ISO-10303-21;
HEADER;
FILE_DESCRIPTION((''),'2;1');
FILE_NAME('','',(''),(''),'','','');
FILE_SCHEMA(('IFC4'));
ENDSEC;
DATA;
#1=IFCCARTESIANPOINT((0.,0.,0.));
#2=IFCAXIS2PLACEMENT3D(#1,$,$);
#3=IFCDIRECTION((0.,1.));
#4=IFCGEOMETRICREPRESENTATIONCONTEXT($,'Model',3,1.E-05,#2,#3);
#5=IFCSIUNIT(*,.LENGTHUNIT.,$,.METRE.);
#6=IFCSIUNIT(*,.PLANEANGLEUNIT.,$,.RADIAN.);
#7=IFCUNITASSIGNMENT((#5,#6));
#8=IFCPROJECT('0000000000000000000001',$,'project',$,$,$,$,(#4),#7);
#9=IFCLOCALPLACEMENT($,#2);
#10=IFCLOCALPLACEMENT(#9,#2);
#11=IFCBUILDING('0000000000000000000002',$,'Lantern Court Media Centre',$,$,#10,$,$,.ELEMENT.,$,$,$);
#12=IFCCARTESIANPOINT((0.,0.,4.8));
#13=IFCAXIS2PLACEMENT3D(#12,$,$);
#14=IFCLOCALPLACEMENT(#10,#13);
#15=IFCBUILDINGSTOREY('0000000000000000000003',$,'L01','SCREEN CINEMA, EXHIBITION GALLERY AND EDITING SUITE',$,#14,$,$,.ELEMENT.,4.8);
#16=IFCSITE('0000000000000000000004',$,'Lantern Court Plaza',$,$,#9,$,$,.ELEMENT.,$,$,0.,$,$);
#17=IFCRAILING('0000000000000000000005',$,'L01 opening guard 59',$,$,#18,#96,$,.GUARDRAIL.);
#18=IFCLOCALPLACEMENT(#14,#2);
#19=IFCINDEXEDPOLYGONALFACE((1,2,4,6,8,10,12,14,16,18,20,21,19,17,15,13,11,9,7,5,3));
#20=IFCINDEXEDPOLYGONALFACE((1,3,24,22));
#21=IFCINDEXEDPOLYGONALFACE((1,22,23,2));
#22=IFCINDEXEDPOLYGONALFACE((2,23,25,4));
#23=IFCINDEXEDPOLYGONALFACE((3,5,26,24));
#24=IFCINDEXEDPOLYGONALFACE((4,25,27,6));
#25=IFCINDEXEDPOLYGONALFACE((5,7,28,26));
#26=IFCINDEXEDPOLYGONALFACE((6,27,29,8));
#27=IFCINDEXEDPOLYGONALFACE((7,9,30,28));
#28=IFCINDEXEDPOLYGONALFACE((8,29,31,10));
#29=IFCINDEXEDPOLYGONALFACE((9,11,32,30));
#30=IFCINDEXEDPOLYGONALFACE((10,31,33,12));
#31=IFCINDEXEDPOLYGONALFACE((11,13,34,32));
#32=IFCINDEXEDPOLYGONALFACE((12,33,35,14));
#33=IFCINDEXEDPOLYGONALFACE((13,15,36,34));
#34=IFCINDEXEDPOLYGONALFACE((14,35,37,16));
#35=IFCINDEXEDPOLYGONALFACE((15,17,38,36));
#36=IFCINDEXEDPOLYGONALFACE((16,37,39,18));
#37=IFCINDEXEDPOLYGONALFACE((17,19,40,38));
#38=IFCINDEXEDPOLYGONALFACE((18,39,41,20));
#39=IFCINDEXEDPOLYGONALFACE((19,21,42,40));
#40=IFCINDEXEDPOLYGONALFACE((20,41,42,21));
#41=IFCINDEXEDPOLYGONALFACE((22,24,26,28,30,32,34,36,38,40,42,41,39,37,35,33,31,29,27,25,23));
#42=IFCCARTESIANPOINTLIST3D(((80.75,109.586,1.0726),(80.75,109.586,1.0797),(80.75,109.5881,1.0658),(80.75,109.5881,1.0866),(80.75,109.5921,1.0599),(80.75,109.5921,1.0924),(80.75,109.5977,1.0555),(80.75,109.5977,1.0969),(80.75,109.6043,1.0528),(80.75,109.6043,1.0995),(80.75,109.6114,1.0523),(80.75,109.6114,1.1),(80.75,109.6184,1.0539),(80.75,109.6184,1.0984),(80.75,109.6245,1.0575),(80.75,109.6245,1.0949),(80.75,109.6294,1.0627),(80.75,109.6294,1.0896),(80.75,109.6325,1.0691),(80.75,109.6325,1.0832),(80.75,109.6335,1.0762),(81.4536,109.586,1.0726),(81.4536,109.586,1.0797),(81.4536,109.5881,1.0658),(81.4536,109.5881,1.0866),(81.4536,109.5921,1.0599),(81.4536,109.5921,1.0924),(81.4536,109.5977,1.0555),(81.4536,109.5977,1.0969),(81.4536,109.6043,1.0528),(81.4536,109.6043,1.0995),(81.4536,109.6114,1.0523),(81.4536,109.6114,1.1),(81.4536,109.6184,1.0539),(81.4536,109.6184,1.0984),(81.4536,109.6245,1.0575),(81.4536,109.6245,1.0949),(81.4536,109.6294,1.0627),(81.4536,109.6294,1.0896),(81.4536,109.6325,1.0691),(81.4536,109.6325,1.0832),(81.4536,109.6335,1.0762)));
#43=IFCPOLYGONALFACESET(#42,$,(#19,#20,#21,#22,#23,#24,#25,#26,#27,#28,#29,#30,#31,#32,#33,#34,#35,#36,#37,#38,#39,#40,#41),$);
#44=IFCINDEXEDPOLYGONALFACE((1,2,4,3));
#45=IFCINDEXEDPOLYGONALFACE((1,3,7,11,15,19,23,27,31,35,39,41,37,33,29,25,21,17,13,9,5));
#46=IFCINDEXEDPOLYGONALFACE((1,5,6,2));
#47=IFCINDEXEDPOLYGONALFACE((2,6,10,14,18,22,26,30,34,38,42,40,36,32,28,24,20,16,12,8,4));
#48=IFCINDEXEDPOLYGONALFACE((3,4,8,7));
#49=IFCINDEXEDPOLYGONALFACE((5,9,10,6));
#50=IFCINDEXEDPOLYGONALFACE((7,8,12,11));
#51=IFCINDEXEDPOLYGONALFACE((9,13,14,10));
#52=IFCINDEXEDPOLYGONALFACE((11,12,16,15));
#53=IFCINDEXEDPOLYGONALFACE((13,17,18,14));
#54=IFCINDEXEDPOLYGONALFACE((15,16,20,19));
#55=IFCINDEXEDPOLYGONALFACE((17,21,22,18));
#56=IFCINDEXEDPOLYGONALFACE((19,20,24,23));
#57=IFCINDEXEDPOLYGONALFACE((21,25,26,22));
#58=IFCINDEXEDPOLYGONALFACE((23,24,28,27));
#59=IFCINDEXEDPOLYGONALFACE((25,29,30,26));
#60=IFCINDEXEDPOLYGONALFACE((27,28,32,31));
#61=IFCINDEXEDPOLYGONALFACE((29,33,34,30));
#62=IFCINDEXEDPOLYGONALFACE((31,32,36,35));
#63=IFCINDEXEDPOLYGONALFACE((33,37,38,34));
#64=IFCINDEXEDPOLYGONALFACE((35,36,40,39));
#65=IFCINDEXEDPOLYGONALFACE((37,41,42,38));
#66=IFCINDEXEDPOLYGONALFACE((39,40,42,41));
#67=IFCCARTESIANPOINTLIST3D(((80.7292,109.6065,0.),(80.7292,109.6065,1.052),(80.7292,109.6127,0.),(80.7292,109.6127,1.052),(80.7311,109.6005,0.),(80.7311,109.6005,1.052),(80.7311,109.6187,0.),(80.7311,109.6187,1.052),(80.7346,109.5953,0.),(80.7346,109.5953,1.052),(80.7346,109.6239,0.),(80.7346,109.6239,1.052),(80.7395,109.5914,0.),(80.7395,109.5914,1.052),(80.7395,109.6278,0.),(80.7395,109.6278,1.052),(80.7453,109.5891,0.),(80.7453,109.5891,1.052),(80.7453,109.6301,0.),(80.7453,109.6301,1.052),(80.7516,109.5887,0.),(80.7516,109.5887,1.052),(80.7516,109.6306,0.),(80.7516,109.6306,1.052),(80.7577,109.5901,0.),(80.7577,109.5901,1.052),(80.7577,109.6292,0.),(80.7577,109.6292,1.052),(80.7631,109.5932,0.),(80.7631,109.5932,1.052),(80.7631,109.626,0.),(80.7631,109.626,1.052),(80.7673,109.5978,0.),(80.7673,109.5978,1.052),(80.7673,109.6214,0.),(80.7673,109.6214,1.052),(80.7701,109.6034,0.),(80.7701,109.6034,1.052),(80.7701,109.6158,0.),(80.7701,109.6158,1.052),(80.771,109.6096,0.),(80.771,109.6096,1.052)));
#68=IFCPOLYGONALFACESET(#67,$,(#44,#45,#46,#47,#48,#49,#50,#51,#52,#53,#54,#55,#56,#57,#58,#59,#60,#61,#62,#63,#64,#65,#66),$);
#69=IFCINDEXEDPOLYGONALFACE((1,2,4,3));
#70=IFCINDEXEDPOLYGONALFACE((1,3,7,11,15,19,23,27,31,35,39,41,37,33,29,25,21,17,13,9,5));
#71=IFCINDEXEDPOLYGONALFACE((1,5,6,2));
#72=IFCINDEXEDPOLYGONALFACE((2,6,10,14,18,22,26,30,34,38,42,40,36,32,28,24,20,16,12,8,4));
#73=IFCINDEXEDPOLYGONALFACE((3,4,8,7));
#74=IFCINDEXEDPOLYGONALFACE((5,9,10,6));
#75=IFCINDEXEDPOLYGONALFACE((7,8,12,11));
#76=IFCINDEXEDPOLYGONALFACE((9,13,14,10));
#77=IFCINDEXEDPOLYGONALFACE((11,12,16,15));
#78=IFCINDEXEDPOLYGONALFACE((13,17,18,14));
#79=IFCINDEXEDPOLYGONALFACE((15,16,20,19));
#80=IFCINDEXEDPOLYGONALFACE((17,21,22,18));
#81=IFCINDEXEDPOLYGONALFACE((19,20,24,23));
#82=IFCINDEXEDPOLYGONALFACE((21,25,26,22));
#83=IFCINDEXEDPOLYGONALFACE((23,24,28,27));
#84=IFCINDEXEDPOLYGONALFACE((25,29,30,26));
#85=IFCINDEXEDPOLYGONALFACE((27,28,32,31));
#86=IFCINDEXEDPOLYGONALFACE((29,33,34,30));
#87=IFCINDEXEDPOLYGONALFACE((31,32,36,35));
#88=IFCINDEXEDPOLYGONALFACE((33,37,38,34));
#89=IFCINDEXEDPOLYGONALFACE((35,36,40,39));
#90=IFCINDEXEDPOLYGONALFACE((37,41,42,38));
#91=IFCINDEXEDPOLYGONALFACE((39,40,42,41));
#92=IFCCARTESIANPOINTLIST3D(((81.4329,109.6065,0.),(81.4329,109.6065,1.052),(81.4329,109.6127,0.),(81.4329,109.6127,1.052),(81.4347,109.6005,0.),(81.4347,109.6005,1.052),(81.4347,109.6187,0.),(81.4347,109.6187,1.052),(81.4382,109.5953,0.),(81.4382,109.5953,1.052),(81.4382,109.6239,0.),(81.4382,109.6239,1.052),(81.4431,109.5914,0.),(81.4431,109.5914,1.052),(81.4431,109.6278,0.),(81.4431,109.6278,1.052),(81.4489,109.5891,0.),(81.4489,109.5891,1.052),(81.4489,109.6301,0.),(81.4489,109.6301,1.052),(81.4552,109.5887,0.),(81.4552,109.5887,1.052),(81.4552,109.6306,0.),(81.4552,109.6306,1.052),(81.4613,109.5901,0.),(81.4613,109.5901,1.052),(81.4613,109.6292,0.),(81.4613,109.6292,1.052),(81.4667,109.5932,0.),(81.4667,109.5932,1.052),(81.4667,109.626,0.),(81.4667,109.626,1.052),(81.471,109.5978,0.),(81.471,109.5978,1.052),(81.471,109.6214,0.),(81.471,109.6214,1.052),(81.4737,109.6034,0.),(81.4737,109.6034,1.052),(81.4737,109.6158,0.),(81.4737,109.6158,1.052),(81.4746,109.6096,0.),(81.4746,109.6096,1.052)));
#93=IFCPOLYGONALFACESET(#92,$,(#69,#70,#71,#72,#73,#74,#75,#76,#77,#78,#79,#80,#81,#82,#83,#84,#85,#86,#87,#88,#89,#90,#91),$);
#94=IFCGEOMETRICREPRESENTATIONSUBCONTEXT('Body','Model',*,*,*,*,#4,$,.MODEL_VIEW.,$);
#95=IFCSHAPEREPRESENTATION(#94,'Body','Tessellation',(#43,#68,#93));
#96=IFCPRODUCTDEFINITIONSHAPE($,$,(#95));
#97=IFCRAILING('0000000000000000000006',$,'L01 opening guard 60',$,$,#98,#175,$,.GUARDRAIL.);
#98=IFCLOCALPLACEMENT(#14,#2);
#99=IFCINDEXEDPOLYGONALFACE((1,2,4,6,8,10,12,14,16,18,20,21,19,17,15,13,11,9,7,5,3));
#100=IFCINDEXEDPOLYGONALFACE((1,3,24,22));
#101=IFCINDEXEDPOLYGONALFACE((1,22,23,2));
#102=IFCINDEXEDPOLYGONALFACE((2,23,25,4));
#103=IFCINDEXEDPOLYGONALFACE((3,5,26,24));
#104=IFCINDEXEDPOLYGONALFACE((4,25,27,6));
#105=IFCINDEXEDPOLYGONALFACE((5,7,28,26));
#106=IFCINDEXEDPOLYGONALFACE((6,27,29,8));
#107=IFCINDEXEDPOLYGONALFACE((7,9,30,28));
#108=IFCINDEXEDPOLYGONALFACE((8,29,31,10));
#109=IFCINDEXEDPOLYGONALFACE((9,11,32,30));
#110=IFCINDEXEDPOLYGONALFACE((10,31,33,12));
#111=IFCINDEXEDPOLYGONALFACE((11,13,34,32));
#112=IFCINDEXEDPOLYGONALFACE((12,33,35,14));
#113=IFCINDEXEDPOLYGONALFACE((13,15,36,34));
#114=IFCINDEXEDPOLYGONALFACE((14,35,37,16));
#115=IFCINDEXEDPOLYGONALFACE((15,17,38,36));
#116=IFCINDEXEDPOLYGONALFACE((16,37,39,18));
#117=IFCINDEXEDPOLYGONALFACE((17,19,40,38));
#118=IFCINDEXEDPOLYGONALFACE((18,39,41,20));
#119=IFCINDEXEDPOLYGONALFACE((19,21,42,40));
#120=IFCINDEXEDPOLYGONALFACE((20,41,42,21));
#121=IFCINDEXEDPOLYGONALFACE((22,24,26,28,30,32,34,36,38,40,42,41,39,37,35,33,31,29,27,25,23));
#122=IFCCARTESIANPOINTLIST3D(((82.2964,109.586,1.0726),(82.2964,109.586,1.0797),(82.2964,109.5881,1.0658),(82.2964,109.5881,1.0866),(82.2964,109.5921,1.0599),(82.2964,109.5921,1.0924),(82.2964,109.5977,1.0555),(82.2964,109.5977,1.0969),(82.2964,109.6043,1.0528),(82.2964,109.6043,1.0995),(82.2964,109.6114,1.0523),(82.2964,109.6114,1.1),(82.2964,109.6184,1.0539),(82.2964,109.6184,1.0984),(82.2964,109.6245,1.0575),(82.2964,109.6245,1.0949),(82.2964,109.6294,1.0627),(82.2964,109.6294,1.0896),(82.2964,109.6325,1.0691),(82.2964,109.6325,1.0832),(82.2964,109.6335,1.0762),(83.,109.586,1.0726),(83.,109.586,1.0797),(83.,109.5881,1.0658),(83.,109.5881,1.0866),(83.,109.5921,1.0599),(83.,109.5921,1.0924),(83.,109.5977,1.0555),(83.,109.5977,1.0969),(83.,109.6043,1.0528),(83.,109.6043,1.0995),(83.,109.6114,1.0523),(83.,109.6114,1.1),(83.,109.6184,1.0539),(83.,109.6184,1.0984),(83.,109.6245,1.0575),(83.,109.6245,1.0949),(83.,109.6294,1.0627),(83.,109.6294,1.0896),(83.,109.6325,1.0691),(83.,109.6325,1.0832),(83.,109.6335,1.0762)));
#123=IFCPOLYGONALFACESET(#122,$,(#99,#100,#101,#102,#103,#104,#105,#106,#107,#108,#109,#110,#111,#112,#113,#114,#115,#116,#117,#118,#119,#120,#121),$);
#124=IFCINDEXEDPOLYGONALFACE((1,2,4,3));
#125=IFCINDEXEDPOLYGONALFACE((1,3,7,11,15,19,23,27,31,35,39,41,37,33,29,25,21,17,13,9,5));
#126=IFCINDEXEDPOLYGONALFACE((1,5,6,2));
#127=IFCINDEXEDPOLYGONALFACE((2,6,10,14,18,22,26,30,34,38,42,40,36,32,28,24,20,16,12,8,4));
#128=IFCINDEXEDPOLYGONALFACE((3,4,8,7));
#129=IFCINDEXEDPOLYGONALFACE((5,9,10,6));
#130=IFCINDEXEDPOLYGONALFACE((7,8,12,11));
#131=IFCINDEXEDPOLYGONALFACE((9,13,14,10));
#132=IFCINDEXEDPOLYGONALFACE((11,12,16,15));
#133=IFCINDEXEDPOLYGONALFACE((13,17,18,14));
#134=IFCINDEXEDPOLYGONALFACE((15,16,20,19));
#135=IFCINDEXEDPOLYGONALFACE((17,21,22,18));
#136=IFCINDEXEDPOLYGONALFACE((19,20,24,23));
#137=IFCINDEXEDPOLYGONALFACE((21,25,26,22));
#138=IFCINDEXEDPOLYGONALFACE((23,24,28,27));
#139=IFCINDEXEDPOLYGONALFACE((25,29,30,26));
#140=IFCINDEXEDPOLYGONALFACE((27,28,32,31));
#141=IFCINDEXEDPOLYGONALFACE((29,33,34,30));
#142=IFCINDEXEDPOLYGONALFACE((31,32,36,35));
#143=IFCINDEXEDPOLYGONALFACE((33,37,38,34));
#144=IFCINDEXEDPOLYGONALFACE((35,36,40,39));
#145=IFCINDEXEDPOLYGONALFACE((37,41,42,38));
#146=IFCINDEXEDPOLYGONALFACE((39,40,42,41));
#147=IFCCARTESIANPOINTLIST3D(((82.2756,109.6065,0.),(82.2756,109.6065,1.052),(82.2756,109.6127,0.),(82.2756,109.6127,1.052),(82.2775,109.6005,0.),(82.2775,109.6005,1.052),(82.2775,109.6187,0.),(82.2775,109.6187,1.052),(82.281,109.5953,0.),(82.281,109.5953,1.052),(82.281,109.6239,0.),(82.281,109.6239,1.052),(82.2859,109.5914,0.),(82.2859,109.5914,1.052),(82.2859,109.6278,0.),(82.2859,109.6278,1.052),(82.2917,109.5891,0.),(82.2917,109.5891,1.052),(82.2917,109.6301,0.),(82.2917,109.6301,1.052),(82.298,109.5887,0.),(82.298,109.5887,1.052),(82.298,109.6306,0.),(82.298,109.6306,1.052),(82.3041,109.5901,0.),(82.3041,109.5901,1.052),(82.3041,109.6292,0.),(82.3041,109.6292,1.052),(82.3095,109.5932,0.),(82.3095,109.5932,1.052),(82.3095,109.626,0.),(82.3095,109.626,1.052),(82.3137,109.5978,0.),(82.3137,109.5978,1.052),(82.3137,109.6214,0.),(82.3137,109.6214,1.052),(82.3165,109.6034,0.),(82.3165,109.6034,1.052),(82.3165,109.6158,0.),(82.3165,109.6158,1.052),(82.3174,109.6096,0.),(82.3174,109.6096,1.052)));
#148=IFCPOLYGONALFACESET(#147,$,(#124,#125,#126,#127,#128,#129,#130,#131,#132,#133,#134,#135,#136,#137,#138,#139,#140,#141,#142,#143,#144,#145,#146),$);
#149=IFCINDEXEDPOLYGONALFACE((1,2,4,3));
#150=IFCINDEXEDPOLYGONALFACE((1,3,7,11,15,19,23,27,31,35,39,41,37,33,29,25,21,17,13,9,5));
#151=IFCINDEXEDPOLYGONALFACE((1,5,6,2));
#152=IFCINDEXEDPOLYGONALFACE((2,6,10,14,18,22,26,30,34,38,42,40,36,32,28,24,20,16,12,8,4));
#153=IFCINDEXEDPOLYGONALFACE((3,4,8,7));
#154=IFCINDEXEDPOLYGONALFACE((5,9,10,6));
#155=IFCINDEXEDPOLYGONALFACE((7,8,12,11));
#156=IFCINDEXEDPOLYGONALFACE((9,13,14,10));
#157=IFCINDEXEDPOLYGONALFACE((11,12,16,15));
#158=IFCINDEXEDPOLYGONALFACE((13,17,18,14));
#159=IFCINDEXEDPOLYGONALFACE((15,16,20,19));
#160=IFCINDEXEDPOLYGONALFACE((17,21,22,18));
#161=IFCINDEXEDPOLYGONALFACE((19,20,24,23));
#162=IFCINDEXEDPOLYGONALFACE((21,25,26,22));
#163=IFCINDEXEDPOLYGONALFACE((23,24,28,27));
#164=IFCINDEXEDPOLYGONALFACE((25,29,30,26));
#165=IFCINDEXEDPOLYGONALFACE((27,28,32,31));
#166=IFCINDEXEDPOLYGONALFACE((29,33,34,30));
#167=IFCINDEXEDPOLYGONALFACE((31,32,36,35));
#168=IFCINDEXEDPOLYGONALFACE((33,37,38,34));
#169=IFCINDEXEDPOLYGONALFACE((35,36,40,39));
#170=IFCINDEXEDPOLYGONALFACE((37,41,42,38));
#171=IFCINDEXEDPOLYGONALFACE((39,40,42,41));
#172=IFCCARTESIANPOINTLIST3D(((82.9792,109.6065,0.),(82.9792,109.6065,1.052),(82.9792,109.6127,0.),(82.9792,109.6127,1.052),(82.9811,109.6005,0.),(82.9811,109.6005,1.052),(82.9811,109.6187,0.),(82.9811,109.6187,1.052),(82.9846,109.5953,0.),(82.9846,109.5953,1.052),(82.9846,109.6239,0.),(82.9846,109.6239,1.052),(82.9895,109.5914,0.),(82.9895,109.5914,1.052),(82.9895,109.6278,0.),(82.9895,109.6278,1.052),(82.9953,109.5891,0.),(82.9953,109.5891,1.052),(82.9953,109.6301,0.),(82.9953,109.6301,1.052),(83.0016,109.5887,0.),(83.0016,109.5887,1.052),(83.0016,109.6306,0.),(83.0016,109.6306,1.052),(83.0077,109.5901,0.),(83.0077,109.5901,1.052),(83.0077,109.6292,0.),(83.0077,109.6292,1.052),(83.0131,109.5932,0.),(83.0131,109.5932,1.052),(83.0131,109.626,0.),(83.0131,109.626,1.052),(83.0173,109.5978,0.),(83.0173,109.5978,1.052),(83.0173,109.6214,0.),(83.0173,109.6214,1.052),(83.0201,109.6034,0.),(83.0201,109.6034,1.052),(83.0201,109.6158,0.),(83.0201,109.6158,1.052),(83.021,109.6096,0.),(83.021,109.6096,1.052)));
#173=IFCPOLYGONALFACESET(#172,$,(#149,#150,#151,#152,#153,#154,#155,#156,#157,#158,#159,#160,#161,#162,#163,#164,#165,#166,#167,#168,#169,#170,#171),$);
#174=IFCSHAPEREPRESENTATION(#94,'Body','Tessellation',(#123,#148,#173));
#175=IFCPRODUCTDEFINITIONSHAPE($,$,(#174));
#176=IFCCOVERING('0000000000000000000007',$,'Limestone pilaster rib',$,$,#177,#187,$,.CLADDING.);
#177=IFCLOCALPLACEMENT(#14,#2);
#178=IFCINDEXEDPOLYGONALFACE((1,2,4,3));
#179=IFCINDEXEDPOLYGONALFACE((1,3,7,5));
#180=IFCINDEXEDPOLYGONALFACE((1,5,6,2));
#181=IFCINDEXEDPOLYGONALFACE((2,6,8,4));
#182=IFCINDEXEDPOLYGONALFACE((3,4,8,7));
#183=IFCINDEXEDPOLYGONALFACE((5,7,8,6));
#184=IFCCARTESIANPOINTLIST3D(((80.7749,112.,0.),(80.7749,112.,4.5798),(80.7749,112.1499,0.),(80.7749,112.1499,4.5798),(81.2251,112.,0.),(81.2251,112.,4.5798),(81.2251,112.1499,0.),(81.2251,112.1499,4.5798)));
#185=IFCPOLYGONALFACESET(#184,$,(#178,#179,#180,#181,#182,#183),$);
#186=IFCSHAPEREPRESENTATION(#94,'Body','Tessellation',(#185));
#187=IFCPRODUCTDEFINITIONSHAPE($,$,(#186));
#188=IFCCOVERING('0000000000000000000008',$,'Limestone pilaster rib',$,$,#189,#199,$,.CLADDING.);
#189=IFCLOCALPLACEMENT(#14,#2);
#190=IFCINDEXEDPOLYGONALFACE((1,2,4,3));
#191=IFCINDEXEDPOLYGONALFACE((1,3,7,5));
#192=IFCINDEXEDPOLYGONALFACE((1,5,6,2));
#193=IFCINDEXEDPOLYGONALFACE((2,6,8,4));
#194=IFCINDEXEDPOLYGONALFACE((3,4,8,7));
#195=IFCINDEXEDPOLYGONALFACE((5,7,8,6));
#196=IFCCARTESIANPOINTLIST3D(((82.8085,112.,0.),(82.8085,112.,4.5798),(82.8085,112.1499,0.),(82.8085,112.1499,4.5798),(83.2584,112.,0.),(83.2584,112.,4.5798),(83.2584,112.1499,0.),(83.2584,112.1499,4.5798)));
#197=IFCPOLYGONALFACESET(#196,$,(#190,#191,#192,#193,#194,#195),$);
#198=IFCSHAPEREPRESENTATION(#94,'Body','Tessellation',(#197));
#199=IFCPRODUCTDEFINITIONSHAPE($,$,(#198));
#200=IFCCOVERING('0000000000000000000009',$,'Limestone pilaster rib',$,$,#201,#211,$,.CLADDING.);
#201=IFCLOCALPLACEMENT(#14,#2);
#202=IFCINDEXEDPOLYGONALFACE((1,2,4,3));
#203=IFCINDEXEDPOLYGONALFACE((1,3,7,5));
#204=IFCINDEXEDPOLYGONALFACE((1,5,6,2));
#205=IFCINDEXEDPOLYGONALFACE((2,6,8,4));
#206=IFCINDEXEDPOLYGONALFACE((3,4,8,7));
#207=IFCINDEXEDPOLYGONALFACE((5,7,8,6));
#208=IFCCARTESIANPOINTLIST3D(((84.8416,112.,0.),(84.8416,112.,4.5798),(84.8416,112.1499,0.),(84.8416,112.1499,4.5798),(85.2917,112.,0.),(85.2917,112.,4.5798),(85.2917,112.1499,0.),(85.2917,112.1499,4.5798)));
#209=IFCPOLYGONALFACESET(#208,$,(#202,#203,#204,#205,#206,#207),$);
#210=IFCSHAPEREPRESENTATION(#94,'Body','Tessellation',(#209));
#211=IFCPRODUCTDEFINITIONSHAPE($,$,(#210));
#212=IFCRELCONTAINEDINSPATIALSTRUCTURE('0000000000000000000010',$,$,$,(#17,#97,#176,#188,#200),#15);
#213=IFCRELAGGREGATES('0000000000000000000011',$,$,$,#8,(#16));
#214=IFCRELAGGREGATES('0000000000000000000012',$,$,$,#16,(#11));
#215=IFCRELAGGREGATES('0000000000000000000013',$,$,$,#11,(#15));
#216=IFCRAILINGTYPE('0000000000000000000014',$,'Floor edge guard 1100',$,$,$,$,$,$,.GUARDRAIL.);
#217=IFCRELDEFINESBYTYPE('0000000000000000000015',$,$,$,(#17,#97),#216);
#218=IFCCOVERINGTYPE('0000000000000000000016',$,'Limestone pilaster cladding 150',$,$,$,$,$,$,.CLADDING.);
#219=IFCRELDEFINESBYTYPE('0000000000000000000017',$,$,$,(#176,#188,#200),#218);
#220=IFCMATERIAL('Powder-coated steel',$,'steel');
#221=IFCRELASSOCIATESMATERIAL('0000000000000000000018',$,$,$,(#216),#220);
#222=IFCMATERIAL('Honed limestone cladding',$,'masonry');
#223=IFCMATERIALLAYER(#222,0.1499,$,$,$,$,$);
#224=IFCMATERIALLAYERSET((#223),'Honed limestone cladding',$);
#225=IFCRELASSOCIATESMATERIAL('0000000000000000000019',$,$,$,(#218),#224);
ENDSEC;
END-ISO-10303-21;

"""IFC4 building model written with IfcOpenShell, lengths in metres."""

from ifc_helpers import new_model, si_unit, direction, frame, frame_2d, origin, origin_2d, place, context, subcontext, project, spatial, rectangle, circle, extrude, material, layer, layer_set, type_object, element, save


model = new_model("IFC4")

# Units and contexts
model_context = context("Model", 3, precision=1e-05, world=origin(), true_north=direction((0.0, 1.0)))
body_context = subcontext(model_context, "Body", "Model", "MODEL_VIEW")
ifc_project = project(units=[si_unit("LENGTHUNIT", "METRE"), si_unit("PLANEANGLEUNIT", "RADIAN")], contexts=[model_context])

# Site, building, storey
site_placement = place(None, origin())
site = spatial("IfcSite", under=ifc_project, at=site_placement, Name="Lantern Court Plaza", CompositionType="ELEMENT", RefElevation=0.0)
building_placement = place(site_placement, origin())
building = spatial("IfcBuilding", under=site, at=building_placement, Name="Lantern Court Media Centre", CompositionType="ELEMENT")
storey_placement = place(building_placement, frame((0.0, 0.0, 4.8)))
storey = spatial("IfcBuildingStorey", under=building, at=storey_placement, Name="L01", Description="SCREEN CINEMA, EXHIBITION GALLERY AND EDITING SUITE", CompositionType="ELEMENT", Elevation=4.8)

# Railings
ifc_material_1 = material(Name="Powder-coated steel", Category="steel")
railing_type_1 = type_object("IfcRailingType", Name="Floor edge guard 1100", PredefinedType="GUARDRAIL", material=ifc_material_1)
for number, where, name in (
    (1, (80.75, 109.6096, 0.0), "L01 opening guard 59"),
    (2, (82.2964, 109.6096, 0.0), "L01 opening guard 60"),
):
    element("IfcRailing", number, at=place(storey_placement, frame(where)), inside=storey, type_object=railing_type_1, Name=name, PredefinedType="GUARDRAIL", context=body_context, shape_type="SweptSolid", body=[
        extrude(circle(Radius=0.0239, at=origin_2d()), frame((0.0, 0.0, 1.0762), z_axis=(1.0, 0.0, 0.0), x_axis=(0.0, 1.0, 0.0)), (0.0, 0.0, 1.0), 0.7036),
        extrude(circle(Radius=0.021, at=origin_2d()), origin(), (0.0, 0.0, 1.0), 1.052),
        extrude(circle(Radius=0.021, at=origin_2d()), frame((0.7036, 0.0, 0.0)), (0.0, 0.0, 1.0), 1.052),
    ])

# Coverings
ifc_material_2 = material(Name="Honed limestone cladding", Category="masonry")
ifc_layer_1 = layer(ifc_material_2, 0.1499)
ifc_layer_set_1 = layer_set([ifc_layer_1], Name="Honed limestone cladding")
covering_type = type_object("IfcCoveringType", Name="Limestone pilaster cladding 150", PredefinedType="CLADDING", material=ifc_layer_set_1)
covering_1_placement = place(storey_placement, frame((80.7749, 112.075, 0.0), z_axis=(0.0, 0.0, 1.0), x_axis=(1.0, 0.0, 0.0)))
element("IfcCovering", 3, at=covering_1_placement, inside=storey, type_object=covering_type, Name="Limestone pilaster rib", PredefinedType="CLADDING", context=body_context, shape_type="SweptSolid", body=[
    extrude(rectangle(XDim=0.4502, YDim=0.1499, at=frame_2d((0.2251, 0.0))), origin(), (0.0, 0.0, 1.0), 4.5798),
])
covering_2_placement = place(storey_placement, frame((82.8083, 112.075, 0.0), z_axis=(0.0, 0.0, 1.0), x_axis=(1.0, 0.0, 0.0)))
element("IfcCovering", 4, at=covering_2_placement, inside=storey, type_object=covering_type, Name="Limestone pilaster rib", PredefinedType="CLADDING", context=body_context, shape_type="SweptSolid", body=[
    extrude(rectangle(XDim=0.45, YDim=0.1499, at=frame_2d((0.2251, 0.0))), origin(), (0.0, 0.0, 1.0), 4.5798),
])
covering_3_placement = place(storey_placement, frame((84.8416, 112.075, 0.0), z_axis=(0.0, 0.0, 1.0), x_axis=(1.0, 0.0, 0.0)))
element("IfcCovering", 5, at=covering_3_placement, inside=storey, type_object=covering_type, Name="Limestone pilaster rib", PredefinedType="CLADDING", context=body_context, shape_type="SweptSolid", body=[
    extrude(rectangle(XDim=0.4502, YDim=0.1499, at=frame_2d((0.2251, 0.0))), origin(), (0.0, 0.0, 1.0), 4.5798),
])

save(model, "model.ifc")
